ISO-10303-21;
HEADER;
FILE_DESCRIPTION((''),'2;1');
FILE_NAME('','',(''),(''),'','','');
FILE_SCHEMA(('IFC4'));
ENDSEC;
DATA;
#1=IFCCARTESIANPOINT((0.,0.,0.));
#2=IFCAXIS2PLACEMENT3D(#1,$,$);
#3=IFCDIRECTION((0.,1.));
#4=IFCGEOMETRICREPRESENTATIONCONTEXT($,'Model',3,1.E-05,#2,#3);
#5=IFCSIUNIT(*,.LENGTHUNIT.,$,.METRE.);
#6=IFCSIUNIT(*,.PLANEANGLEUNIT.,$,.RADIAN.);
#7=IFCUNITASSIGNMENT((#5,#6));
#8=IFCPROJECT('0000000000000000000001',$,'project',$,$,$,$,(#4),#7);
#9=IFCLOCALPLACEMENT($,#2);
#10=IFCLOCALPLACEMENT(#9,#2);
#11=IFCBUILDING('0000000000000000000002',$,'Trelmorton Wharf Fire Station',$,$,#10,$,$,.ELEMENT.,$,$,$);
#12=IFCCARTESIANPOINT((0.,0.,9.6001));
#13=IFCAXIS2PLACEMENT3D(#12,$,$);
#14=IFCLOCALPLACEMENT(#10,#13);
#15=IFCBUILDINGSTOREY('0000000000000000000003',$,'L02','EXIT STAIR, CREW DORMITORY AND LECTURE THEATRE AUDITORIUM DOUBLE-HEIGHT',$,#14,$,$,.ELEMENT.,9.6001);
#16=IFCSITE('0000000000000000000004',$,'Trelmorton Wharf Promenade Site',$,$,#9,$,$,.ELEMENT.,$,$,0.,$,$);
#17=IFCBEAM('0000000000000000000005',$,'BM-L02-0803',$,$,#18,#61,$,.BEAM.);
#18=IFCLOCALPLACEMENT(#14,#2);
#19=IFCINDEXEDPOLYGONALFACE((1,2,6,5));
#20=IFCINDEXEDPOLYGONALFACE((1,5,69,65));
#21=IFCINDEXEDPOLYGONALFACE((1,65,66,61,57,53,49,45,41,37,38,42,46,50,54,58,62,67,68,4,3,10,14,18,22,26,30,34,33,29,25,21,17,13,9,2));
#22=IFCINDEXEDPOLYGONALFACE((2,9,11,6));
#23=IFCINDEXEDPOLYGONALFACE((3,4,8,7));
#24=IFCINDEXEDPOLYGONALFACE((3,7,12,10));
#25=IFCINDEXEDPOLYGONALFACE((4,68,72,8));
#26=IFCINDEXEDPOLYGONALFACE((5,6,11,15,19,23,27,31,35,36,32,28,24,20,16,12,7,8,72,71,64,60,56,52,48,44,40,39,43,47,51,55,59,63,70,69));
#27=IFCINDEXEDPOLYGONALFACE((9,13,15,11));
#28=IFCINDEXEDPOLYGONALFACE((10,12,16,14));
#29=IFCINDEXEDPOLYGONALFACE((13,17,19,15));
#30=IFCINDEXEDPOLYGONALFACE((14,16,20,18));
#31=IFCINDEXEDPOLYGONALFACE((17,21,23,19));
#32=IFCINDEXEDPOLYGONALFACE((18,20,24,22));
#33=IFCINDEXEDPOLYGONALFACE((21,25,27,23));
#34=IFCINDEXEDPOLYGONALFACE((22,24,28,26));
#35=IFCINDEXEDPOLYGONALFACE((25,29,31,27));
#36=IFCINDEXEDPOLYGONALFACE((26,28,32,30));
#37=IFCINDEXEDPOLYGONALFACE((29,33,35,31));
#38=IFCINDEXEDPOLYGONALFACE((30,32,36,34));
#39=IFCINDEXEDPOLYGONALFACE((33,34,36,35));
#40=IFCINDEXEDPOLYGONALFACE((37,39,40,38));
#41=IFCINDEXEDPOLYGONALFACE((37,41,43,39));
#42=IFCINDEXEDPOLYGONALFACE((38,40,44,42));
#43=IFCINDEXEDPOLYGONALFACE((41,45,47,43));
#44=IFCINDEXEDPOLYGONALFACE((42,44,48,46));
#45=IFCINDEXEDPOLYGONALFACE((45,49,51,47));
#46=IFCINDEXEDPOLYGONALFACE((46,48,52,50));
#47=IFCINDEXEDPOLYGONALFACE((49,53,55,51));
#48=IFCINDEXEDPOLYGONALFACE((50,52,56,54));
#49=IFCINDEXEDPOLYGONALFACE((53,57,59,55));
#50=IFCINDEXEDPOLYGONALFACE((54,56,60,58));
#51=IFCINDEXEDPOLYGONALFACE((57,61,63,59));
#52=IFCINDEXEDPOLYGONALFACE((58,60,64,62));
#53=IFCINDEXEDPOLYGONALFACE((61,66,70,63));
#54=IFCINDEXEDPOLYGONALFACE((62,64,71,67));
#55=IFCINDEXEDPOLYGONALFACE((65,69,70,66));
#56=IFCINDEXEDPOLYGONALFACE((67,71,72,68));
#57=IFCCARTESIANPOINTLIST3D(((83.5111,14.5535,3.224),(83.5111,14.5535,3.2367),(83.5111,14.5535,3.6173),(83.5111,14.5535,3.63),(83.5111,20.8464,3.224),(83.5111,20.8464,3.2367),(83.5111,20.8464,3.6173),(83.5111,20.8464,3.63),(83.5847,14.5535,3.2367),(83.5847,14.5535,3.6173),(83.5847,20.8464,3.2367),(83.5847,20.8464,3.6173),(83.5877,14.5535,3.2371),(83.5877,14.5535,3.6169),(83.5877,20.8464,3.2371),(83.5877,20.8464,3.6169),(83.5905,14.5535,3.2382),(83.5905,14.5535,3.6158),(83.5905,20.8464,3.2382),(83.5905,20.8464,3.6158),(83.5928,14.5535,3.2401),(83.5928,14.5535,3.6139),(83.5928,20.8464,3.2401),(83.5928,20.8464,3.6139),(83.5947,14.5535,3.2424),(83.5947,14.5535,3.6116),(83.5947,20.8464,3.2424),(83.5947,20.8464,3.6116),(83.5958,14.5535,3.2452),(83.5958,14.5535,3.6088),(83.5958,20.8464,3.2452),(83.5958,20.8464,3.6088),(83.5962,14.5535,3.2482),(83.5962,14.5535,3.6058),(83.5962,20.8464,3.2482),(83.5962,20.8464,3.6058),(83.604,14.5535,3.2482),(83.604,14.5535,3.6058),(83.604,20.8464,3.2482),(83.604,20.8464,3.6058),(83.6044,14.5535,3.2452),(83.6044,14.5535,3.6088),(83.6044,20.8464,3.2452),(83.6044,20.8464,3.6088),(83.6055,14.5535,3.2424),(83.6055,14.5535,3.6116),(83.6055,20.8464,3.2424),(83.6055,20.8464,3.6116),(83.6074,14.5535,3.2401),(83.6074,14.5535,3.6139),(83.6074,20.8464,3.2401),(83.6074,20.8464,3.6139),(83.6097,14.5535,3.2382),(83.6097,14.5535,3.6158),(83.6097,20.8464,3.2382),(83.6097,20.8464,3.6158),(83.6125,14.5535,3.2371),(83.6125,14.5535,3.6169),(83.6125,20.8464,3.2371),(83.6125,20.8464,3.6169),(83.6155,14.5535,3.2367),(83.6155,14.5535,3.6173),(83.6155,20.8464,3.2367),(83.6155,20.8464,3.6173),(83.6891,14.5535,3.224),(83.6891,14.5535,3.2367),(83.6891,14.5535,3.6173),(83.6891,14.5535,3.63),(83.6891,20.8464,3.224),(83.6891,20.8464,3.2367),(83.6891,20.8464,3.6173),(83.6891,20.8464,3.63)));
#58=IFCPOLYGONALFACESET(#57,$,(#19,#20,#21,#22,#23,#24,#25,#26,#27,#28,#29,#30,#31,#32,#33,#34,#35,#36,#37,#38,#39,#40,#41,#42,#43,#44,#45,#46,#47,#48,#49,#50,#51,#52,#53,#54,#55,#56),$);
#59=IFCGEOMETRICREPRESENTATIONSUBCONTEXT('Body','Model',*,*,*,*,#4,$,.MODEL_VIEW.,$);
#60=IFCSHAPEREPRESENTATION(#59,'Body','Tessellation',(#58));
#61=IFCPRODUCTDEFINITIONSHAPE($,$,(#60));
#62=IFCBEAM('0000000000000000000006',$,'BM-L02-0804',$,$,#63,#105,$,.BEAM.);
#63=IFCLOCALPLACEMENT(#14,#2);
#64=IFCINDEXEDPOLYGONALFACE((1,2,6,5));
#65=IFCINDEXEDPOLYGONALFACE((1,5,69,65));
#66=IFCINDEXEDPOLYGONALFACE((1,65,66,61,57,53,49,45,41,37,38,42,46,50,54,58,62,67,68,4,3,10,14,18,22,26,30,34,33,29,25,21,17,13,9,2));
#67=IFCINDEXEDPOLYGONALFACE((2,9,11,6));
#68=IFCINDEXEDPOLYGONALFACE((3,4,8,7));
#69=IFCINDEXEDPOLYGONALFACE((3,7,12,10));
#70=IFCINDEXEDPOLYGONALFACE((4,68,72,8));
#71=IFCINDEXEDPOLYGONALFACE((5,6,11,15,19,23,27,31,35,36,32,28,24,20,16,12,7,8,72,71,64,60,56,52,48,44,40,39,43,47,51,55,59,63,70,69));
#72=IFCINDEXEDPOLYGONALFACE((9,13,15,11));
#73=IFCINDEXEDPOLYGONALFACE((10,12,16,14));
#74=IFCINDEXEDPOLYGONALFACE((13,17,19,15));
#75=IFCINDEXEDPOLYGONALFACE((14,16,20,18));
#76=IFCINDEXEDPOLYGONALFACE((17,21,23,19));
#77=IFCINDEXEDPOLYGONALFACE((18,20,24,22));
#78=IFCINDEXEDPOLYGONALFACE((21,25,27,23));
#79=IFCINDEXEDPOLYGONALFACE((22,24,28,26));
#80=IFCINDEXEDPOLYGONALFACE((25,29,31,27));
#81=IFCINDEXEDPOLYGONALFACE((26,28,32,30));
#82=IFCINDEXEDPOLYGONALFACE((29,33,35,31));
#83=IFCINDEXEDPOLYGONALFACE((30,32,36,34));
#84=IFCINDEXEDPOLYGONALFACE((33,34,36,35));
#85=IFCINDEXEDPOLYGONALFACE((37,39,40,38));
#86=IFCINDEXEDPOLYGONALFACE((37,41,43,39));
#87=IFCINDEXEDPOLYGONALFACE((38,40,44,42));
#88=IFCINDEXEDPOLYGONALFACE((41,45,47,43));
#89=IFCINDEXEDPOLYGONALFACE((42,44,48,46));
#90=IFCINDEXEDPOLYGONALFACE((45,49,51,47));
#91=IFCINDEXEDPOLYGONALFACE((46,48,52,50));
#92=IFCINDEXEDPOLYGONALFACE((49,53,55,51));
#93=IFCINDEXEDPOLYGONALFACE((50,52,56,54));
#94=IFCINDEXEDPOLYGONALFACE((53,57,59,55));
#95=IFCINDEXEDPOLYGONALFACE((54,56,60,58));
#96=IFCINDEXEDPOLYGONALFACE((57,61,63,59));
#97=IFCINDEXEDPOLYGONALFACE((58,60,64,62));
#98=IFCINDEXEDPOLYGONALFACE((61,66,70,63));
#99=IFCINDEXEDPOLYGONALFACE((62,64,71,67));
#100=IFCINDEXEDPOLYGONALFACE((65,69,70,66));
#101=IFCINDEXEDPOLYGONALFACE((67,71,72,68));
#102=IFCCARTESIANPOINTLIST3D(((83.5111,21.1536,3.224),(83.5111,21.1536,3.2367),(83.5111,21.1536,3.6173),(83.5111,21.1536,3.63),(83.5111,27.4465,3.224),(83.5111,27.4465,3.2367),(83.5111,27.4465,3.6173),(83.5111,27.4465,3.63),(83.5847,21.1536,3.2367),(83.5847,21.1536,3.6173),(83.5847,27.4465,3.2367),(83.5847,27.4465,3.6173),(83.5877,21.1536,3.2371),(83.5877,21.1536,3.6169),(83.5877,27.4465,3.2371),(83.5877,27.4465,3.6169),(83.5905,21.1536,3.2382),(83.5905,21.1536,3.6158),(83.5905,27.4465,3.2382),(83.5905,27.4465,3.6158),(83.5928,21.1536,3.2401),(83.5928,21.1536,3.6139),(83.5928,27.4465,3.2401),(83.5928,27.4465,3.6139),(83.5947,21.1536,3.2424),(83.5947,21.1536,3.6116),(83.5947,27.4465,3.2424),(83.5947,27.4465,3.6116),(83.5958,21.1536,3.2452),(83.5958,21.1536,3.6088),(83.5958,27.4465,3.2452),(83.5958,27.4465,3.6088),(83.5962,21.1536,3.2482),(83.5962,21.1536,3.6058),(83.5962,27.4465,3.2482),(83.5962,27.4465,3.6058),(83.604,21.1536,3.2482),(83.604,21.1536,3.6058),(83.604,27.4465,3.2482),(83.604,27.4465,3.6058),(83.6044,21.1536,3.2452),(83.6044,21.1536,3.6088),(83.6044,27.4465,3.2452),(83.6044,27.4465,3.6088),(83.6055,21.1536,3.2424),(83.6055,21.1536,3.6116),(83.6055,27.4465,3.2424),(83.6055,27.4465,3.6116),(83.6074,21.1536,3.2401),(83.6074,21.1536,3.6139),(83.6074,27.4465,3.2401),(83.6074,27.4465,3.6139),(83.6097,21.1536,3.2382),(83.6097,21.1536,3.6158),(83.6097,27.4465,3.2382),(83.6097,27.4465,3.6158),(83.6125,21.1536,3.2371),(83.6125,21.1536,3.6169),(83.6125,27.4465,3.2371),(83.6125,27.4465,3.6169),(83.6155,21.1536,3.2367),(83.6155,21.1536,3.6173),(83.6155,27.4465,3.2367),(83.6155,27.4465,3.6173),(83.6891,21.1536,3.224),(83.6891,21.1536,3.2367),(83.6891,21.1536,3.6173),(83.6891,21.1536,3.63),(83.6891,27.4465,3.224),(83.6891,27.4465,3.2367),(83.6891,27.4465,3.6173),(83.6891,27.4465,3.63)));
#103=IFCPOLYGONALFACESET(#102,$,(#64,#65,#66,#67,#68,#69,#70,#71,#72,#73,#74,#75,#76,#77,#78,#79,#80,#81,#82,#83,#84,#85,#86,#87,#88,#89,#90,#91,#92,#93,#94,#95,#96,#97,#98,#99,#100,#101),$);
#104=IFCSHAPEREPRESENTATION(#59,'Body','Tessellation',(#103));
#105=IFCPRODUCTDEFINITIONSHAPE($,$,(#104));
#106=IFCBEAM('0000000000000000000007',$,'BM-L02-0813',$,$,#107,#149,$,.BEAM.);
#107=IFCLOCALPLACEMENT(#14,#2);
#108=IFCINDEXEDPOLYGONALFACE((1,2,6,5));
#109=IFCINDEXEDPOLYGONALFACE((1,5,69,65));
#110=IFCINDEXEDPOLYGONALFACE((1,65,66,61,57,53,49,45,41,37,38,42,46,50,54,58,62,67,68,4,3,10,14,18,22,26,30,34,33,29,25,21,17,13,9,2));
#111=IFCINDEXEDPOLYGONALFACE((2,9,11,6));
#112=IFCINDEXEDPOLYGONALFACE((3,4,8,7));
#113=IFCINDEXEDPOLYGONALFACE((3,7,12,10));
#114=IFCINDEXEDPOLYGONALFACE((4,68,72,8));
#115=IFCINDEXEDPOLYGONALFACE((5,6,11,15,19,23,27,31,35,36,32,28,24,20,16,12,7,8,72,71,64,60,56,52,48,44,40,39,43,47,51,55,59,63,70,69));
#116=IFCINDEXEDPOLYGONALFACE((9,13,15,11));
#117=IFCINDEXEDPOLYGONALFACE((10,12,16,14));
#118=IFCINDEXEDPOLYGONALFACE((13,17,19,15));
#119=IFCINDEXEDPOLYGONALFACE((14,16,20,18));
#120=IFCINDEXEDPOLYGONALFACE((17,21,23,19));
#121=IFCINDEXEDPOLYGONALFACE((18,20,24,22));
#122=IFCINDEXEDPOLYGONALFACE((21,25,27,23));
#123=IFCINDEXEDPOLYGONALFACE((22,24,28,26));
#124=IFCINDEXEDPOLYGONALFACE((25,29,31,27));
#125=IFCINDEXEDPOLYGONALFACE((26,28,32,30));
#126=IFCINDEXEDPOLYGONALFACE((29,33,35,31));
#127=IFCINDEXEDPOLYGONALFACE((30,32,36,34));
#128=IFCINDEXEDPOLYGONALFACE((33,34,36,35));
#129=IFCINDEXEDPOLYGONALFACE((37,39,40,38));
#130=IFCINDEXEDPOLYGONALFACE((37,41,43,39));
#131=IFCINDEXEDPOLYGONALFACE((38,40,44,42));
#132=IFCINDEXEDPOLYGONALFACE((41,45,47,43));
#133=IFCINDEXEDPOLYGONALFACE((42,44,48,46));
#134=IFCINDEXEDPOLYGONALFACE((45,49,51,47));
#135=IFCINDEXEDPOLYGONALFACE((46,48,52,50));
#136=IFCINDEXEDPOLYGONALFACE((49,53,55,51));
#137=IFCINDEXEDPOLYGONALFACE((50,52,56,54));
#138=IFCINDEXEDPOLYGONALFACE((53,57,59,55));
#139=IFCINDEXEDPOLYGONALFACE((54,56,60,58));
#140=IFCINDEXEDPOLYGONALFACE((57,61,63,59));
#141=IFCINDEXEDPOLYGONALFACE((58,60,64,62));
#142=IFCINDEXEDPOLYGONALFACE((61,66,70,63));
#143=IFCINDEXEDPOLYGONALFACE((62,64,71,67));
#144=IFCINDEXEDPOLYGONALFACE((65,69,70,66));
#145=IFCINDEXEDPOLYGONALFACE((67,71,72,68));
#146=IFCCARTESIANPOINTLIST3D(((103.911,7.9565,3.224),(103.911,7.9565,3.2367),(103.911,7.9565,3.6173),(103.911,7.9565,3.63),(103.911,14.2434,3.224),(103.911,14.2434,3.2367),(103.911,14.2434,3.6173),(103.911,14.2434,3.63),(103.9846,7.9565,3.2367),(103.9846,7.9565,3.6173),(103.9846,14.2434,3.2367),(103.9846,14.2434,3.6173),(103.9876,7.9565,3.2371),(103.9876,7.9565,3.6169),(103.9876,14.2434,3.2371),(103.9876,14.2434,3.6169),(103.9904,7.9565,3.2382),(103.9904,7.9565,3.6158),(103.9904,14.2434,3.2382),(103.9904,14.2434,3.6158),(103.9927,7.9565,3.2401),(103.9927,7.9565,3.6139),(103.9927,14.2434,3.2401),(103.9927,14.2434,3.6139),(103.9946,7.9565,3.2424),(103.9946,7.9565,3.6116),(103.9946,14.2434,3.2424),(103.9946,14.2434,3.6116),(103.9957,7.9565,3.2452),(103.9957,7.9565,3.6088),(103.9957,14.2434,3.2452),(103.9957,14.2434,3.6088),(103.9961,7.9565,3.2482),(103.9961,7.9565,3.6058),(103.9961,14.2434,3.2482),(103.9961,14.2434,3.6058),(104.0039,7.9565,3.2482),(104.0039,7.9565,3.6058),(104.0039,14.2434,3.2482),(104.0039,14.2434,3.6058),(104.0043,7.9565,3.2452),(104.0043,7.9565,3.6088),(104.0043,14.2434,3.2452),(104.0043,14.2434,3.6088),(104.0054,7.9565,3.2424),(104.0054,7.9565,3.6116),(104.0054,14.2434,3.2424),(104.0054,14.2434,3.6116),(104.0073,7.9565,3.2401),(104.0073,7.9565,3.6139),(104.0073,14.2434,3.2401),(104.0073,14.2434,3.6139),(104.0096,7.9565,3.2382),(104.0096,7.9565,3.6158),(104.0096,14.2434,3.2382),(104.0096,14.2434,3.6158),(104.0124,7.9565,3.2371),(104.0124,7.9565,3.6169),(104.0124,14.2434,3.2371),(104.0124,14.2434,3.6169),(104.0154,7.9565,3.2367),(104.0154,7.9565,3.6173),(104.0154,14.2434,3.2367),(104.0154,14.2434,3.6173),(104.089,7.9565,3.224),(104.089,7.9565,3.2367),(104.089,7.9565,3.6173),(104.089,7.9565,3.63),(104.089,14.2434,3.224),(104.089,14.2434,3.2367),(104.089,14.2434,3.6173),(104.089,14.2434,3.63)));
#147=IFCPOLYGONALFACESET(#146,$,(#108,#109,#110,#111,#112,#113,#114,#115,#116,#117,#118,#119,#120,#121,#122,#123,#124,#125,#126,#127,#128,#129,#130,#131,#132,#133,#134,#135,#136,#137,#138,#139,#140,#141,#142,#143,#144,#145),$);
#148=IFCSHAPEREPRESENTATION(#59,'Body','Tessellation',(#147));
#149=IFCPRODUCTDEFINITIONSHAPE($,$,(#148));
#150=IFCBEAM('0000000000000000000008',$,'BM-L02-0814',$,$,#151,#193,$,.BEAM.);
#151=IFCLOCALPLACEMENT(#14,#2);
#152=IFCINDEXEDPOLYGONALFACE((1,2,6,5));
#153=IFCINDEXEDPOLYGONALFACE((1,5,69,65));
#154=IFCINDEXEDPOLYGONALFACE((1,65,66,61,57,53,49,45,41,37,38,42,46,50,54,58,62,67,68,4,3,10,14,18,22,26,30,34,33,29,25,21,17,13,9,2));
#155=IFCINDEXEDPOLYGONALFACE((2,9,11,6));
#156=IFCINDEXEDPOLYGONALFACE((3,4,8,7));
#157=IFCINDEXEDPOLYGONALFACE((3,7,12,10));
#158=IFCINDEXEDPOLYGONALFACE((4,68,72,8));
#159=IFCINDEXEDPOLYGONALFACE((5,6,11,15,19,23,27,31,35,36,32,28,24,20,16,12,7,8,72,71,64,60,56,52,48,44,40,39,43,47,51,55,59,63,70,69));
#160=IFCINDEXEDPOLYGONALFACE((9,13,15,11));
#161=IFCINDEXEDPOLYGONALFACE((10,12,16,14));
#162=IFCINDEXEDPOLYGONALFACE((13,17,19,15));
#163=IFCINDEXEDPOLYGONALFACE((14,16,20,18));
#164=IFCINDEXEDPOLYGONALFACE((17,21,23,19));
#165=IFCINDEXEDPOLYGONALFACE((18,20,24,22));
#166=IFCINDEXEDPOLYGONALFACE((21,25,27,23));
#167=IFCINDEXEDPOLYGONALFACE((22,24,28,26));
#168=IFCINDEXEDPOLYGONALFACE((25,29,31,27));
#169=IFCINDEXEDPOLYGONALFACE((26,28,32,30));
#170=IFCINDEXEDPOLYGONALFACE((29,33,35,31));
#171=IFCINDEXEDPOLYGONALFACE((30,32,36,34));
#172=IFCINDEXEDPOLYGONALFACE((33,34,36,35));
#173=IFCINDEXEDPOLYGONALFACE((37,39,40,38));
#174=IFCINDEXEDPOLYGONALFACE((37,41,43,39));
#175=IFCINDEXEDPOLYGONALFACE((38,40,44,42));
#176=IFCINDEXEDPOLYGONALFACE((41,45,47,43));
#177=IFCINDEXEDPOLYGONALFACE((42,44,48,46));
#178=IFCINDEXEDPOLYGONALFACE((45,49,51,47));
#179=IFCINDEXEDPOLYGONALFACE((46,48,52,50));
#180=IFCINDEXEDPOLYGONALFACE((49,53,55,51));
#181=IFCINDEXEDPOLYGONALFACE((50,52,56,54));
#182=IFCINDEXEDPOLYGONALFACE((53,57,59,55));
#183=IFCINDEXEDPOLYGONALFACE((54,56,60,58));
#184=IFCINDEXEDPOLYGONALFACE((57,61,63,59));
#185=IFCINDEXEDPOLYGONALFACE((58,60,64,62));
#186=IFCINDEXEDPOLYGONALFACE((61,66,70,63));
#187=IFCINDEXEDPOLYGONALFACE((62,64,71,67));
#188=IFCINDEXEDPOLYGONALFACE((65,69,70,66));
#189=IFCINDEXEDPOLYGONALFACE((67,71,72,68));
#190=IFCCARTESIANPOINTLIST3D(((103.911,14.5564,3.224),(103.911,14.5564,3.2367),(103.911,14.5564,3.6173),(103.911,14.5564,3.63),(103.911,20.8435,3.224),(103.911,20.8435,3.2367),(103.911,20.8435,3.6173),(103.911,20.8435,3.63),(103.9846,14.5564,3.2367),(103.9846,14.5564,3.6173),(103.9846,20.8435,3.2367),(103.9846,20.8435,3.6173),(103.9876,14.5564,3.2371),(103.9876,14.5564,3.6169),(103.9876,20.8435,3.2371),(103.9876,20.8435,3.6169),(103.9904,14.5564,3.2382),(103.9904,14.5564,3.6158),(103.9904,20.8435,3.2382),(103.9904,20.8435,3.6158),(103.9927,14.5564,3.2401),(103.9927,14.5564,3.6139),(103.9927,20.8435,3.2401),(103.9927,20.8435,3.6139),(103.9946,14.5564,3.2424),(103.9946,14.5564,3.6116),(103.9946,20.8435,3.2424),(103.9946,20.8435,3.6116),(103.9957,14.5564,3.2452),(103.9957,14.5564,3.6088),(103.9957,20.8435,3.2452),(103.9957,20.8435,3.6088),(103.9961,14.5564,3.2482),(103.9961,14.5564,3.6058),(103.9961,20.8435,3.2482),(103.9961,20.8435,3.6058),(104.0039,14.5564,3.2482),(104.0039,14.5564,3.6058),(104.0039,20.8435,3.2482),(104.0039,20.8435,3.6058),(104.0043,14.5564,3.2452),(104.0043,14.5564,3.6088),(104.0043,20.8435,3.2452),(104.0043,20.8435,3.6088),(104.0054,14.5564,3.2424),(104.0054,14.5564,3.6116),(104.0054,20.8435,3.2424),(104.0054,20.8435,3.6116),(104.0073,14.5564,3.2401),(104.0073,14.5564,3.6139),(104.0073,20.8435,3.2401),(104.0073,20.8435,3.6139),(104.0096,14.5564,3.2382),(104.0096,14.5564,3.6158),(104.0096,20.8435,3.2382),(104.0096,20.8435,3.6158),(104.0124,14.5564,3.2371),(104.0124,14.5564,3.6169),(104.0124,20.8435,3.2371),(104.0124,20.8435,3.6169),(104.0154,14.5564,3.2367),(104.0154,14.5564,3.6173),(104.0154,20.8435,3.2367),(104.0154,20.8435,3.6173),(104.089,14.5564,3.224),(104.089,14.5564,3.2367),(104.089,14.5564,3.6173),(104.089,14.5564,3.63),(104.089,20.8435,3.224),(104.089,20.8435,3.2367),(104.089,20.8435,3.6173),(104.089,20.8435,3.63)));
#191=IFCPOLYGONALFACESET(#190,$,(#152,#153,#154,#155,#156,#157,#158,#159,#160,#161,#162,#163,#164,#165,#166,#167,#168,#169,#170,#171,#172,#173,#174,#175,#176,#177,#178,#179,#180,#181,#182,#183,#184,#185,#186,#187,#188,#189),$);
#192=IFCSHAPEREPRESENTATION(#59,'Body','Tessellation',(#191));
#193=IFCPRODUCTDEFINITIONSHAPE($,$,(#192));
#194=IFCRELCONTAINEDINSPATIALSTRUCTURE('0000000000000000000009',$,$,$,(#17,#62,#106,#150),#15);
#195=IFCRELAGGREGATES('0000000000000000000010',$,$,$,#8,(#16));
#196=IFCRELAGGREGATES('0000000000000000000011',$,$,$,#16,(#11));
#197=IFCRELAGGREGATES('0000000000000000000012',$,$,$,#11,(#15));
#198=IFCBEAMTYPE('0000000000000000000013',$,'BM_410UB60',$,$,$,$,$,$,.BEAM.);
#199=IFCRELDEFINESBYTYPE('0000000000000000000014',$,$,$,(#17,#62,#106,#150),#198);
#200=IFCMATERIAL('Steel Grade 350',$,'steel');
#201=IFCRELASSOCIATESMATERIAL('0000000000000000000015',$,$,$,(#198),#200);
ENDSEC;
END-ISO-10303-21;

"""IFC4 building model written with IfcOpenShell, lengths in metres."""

from ifc_helpers import new_model, si_unit, direction, frame, origin, origin_2d, place, context, subcontext, project, spatial, i_section, extrude, material, material_profile, profile_set, type_object, element, save


model = new_model("IFC4")

# Units and contexts
model_context = context("Model", 3, precision=1e-05, world=origin(), true_north=direction((0.0, 1.0)))
body_context = subcontext(model_context, "Body", "Model", "MODEL_VIEW")
ifc_project = project(units=[si_unit("LENGTHUNIT", "METRE"), si_unit("PLANEANGLEUNIT", "RADIAN")], contexts=[model_context])

# Site, building, storey
site_placement = place(None, origin())
site = spatial("IfcSite", under=ifc_project, at=site_placement, Name="Trelmorton Wharf Promenade Site", CompositionType="ELEMENT", RefElevation=0.0)
building_placement = place(site_placement, origin())
building = spatial("IfcBuilding", under=site, at=building_placement, Name="Trelmorton Wharf Fire Station", CompositionType="ELEMENT")
storey_placement = place(building_placement, frame((0.0, 0.0, 9.6001)))
storey = spatial("IfcBuildingStorey", under=building, at=storey_placement, Name="L02", Description="EXIT STAIR, CREW DORMITORY AND LECTURE THEATRE AUDITORIUM DOUBLE-HEIGHT", CompositionType="ELEMENT", Elevation=9.6001)

# Shared definitions
ifc_material_1 = material(Name="Steel Grade 350", Category="steel")

# Beams
ifc_material_profile_1 = material_profile(ifc_material_1, i_section(OverallWidth=0.178, OverallDepth=0.406, WebThickness=0.0078, FlangeThickness=0.0127, FilletRadius=0.0115, at=origin_2d()), Name="410UB59.7")
ifc_profile_set_1 = profile_set([ifc_material_profile_1], Name="Steel Grade 350")
beam_type = type_object("IfcBeamType", Name="BM_410UB60", PredefinedType="BEAM", material=ifc_profile_set_1)
for number, where, z_axis, x_axis, name in (
    (1, (83.6001, 14.5535, 3.427), (0.0, 1.0, 0.0), (-1.0, 0.0, 0.0), "BM-L02-0803"),
    (2, (83.6001, 21.1536, 3.427), (0.0, 1.0, 0.0), (-1.0, 0.0, 0.0), "BM-L02-0804"),
):
    element("IfcBeam", number, at=place(storey_placement, frame(where, z_axis=z_axis, x_axis=x_axis)), inside=storey, type_object=beam_type, Name=name, PredefinedType="BEAM", context=body_context, shape_type="SweptSolid", body=[
        extrude(i_section(OverallWidth=0.178, OverallDepth=0.406, WebThickness=0.0078, FlangeThickness=0.0127, FilletRadius=0.0115, at=origin_2d()), origin(), (0.0, 0.0, 1.0), 6.293),
    ])
beam_placement = place(storey_placement, frame((104.0, 7.9565, 3.427), z_axis=(0.0, 1.0, 0.0), x_axis=(-1.0, 0.0, 0.0)))
element("IfcBeam", 3, at=beam_placement, inside=storey, type_object=beam_type, Name="BM-L02-0813", PredefinedType="BEAM", context=body_context, shape_type="SweptSolid", body=[
    extrude(i_section(OverallWidth=0.178, OverallDepth=0.406, WebThickness=0.0078, FlangeThickness=0.0127, FilletRadius=0.0115, at=origin_2d()), origin(), (0.0, 0.0, 1.0), 6.2869),
])
for number, where, z_axis, x_axis, name in (
    (4, (104.0, 14.5564, 3.427), (0.0, 1.0, 0.0), (-1.0, 0.0, 0.0), "BM-L02-0814"),
):
    element("IfcBeam", number, at=place(storey_placement, frame(where, z_axis=z_axis, x_axis=x_axis)), inside=storey, type_object=beam_type, Name=name, PredefinedType="BEAM", context=body_context, shape_type="SweptSolid", body=[
        extrude(i_section(OverallWidth=0.178, OverallDepth=0.406, WebThickness=0.0078, FlangeThickness=0.0127, FilletRadius=0.0115, at=origin_2d()), origin(), (0.0, 0.0, 1.0), 6.2871),
    ])

save(model, "model.ifc")
